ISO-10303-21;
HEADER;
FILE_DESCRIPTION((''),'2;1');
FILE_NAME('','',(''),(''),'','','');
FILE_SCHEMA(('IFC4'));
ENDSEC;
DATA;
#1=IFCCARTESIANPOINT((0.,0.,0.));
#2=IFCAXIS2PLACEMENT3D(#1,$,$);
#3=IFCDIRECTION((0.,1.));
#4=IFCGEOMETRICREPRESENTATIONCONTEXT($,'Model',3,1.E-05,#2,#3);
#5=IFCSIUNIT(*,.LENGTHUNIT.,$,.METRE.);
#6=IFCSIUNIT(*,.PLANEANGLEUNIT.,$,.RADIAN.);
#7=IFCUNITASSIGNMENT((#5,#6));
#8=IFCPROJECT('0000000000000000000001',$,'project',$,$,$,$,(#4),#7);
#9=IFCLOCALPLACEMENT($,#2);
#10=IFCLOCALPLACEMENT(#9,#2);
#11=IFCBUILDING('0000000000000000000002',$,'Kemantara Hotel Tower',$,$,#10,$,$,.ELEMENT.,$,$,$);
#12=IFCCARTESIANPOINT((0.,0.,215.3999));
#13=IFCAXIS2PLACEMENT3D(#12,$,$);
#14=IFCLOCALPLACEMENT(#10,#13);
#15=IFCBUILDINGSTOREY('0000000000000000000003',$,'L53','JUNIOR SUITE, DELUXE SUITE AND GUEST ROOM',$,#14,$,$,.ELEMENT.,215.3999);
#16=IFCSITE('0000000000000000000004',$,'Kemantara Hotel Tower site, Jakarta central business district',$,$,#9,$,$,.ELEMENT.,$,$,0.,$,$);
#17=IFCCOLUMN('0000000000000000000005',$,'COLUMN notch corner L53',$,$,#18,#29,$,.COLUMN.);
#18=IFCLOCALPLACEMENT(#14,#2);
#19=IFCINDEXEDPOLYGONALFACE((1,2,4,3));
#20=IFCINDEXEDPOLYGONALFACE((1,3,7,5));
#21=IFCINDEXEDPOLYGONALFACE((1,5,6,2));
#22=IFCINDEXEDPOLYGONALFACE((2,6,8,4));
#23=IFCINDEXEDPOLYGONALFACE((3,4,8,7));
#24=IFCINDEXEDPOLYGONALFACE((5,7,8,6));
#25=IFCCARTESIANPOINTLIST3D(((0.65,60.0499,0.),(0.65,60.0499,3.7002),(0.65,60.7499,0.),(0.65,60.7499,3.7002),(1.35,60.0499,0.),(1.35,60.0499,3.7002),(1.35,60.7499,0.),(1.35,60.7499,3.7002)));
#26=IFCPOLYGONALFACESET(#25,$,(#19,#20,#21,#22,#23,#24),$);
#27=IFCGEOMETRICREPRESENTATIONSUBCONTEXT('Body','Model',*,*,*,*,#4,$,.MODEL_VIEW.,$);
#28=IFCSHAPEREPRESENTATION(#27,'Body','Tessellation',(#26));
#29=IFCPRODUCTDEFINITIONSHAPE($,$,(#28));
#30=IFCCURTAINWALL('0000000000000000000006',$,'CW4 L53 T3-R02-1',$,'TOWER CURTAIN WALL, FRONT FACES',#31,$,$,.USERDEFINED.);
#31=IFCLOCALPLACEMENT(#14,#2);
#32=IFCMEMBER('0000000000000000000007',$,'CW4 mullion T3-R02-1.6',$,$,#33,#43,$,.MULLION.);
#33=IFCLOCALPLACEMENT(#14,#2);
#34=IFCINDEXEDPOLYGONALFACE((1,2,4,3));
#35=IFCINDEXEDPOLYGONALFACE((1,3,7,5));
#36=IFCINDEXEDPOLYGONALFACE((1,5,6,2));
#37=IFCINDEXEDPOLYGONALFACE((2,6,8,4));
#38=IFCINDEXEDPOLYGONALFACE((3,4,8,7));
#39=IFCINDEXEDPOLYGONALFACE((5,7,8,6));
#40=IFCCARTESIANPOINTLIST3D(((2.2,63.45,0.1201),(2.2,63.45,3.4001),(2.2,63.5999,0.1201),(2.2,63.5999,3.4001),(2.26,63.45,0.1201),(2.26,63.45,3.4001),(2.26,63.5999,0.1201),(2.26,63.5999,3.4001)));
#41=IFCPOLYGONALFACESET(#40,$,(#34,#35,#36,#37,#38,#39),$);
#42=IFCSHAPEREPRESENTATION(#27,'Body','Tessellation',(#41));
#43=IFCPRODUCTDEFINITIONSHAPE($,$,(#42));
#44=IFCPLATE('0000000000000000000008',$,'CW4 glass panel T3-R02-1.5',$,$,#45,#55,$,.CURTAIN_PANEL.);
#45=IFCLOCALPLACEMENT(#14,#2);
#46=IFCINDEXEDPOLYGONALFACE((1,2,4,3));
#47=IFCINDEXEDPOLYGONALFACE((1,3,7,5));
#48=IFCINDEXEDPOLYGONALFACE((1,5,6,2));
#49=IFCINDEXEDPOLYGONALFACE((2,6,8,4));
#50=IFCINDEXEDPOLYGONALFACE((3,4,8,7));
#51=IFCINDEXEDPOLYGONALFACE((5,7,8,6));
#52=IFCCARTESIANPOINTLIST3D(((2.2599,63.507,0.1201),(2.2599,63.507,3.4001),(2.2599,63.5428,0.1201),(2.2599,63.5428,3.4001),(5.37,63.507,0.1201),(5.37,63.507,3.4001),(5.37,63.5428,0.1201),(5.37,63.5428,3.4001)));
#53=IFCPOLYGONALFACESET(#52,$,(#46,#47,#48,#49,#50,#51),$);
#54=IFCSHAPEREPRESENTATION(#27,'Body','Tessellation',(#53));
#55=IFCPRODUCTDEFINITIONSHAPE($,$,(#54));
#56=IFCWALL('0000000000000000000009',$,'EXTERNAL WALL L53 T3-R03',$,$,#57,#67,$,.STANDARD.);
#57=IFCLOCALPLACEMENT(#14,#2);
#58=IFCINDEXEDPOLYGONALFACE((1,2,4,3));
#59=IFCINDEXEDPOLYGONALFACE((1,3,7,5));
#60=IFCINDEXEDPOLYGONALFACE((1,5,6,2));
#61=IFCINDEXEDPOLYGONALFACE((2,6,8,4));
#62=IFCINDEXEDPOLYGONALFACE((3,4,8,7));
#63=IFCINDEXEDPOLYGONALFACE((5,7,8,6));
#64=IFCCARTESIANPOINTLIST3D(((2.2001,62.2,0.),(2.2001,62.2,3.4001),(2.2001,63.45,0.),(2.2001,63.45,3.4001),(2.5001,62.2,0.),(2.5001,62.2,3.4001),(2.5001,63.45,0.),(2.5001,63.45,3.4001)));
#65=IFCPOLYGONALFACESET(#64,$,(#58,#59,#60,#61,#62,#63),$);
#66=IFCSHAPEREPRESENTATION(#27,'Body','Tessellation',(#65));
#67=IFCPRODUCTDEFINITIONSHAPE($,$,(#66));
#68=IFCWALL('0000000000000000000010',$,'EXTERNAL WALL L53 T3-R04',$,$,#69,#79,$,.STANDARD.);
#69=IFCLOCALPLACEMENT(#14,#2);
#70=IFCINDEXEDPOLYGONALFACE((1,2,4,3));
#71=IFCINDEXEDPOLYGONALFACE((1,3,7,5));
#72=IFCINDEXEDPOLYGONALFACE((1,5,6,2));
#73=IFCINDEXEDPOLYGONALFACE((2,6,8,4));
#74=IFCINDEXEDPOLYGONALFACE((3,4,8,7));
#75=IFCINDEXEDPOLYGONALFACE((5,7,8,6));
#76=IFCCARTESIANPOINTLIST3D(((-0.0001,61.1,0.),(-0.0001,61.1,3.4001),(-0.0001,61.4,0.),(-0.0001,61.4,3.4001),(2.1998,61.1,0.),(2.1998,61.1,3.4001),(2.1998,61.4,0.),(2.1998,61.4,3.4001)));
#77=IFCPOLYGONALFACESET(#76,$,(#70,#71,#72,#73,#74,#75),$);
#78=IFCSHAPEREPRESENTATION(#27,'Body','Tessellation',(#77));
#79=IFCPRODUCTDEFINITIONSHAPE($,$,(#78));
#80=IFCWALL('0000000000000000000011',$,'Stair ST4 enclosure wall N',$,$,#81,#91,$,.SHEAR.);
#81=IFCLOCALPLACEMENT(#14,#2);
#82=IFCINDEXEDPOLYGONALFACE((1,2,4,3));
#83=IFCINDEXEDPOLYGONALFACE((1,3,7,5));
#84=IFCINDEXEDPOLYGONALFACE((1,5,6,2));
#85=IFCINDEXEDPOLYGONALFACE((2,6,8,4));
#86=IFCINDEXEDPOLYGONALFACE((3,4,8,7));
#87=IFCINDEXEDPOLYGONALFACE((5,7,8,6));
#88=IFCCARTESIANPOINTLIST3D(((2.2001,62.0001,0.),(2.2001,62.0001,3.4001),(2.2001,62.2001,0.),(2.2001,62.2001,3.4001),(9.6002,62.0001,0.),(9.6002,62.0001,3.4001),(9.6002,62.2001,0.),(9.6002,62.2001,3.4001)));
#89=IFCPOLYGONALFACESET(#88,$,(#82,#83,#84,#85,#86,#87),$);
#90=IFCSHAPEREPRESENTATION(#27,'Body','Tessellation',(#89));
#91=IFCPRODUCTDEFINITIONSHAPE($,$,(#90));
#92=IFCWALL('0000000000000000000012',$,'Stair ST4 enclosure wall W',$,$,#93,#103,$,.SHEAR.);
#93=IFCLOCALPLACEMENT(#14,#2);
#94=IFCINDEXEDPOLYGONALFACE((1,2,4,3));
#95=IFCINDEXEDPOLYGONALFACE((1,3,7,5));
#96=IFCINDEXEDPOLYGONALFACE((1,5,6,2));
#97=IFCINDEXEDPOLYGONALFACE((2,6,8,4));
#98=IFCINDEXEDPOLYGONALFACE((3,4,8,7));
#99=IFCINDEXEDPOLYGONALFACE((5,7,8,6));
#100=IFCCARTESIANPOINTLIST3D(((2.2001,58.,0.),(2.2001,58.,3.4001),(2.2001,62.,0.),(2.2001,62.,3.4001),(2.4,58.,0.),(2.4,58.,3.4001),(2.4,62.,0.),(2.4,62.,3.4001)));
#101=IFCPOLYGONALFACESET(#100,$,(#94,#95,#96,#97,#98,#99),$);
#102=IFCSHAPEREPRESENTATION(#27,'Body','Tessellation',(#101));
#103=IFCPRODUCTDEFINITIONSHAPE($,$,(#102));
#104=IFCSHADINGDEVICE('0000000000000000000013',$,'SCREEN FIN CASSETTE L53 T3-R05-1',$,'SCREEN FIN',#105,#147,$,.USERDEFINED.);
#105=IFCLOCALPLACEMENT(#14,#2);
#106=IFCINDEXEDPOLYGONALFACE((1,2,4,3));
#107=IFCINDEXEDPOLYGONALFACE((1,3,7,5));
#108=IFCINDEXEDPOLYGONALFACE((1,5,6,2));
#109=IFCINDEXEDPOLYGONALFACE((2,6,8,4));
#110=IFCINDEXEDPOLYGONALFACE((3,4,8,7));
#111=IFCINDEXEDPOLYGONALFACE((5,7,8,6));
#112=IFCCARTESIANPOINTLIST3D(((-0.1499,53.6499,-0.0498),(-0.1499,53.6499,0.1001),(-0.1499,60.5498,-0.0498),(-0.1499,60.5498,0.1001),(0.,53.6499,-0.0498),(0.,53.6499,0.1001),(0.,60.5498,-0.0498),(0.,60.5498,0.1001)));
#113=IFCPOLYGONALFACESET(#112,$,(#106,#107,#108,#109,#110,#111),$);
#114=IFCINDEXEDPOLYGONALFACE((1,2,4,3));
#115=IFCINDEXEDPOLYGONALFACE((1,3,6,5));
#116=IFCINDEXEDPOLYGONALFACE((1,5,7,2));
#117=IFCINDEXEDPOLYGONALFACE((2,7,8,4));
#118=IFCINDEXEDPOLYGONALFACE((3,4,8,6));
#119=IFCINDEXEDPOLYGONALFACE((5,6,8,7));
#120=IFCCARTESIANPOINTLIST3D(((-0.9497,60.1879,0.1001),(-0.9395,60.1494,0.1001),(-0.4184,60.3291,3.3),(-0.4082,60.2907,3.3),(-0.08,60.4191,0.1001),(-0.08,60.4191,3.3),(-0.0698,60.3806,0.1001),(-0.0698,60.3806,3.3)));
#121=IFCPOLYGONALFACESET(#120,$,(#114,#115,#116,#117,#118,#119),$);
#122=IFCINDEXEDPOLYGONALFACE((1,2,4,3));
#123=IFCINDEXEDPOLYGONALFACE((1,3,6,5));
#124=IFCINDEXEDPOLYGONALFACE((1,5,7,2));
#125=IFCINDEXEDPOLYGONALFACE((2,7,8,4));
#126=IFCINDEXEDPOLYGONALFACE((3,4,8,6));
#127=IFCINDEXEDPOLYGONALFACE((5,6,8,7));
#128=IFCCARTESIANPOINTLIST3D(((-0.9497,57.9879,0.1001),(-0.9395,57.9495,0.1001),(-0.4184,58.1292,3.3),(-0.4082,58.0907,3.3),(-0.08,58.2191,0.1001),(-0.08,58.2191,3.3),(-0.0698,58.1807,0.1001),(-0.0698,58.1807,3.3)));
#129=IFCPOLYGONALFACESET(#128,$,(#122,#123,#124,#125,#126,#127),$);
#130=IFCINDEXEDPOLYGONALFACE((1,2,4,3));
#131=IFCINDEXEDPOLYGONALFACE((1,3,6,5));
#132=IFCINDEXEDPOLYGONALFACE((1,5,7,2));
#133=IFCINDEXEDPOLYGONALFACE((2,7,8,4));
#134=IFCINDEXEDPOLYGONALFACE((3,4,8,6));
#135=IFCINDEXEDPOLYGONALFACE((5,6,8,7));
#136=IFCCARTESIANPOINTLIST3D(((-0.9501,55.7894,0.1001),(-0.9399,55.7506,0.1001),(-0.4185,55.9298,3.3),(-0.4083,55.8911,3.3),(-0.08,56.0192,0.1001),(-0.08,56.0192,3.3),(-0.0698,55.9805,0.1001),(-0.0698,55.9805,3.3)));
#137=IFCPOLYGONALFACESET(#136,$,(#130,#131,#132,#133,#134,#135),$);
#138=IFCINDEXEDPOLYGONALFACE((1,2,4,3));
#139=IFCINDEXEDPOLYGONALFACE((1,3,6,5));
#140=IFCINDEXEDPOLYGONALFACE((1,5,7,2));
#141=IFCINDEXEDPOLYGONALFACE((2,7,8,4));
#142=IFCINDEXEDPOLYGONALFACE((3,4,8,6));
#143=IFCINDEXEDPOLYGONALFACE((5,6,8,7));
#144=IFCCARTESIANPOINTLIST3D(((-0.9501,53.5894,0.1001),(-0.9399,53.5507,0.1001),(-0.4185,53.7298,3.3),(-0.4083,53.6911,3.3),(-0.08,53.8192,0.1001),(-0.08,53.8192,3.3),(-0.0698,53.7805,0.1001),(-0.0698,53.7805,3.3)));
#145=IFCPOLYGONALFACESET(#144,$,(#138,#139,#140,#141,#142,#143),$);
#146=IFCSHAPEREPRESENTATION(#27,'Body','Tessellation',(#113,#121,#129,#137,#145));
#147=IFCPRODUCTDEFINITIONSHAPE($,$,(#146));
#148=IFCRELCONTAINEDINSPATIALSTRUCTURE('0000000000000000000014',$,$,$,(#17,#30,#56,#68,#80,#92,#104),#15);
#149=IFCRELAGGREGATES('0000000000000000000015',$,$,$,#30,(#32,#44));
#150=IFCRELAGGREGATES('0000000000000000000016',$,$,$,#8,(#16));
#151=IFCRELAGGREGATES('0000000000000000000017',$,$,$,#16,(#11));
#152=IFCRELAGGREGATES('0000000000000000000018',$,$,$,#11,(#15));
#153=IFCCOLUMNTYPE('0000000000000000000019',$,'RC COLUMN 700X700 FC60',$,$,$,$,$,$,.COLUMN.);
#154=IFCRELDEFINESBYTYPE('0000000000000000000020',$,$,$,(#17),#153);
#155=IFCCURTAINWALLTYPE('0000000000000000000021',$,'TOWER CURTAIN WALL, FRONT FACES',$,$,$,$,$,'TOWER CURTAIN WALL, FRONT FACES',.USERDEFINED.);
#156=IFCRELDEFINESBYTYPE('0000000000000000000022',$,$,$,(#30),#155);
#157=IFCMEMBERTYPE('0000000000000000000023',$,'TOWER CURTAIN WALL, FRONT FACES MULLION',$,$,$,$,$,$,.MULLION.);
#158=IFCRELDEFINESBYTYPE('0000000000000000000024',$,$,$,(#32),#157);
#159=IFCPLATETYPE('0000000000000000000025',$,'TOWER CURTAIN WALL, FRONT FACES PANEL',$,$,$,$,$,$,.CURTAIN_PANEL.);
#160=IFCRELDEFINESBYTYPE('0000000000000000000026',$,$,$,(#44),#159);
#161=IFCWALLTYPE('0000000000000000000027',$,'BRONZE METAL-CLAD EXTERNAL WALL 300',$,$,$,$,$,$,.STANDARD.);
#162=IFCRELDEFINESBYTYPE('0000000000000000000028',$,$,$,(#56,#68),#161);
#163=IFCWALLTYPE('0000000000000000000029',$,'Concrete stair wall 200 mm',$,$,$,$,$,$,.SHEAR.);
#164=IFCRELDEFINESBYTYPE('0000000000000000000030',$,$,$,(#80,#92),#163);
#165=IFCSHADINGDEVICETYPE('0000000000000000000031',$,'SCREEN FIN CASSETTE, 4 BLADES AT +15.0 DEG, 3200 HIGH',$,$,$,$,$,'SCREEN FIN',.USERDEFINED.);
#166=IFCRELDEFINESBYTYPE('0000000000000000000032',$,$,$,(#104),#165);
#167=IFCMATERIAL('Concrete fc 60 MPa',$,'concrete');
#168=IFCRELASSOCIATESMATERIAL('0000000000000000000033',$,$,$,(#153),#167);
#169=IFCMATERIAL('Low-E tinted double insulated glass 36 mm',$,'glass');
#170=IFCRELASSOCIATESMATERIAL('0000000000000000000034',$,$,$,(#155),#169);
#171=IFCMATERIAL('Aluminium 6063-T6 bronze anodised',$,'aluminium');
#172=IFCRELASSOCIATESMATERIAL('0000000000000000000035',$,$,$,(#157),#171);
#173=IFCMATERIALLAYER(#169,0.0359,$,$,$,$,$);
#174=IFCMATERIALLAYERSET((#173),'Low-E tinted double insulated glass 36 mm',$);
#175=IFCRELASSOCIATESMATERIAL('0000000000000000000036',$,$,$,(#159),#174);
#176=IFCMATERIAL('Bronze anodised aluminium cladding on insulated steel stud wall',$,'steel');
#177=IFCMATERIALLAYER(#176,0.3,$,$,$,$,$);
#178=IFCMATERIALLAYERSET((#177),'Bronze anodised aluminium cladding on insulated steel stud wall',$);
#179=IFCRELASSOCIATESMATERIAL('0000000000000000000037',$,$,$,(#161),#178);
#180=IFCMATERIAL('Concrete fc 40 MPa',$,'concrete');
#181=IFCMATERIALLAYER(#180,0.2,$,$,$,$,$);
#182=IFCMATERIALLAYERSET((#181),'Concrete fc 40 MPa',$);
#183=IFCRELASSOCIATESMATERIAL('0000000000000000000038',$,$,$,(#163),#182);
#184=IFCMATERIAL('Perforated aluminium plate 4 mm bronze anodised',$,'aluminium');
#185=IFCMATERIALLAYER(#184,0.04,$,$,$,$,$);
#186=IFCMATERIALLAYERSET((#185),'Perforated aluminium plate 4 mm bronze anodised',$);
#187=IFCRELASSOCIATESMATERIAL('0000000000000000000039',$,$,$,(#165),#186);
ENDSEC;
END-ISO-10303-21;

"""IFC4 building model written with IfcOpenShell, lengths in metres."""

from ifc_helpers import new_model, si_unit, direction, frame, frame_2d, origin, origin_2d, place, context, subcontext, project, spatial, polyline, rectangle, outline, extrude, source, transform, mapped, material, layer, layer_set, material_profile, profile_set, type_object, element, aggregate, save


model = new_model("IFC4")

# Units and contexts
model_context = context("Model", 3, precision=1e-05, world=origin(), true_north=direction((0.0, 1.0)))
body_context = subcontext(model_context, "Body", "Model", "MODEL_VIEW")
ifc_project = project(units=[si_unit("LENGTHUNIT", "METRE"), si_unit("PLANEANGLEUNIT", "RADIAN")], contexts=[model_context])

# Site, building, storey
site_placement = place(None, origin())
site = spatial("IfcSite", under=ifc_project, at=site_placement, Name="Kemantara Hotel Tower site, Jakarta central business district", CompositionType="ELEMENT", RefElevation=0.0)
building_placement = place(site_placement, origin())
building = spatial("IfcBuilding", under=site, at=building_placement, Name="Kemantara Hotel Tower", CompositionType="ELEMENT")
storey_placement = place(building_placement, frame((0.0, 0.0, 215.3999)))
storey = spatial("IfcBuildingStorey", under=building, at=storey_placement, Name="L53", Description="JUNIOR SUITE, DELUXE SUITE AND GUEST ROOM", CompositionType="ELEMENT", Elevation=215.3999)

# Column
ifc_material_1 = material(Name="Concrete fc 60 MPa", Category="concrete")
ifc_material_profile_1 = material_profile(ifc_material_1, rectangle(XDim=0.7, YDim=0.7, at=origin_2d()), Name="RC 700X700")
ifc_profile_set_1 = profile_set([ifc_material_profile_1], Name="Concrete fc 60 MPa")
column_type = type_object("IfcColumnType", Name="RC COLUMN 700X700 FC60", PredefinedType="COLUMN", material=ifc_profile_set_1)
column_placement = place(storey_placement, frame((1.0, 60.3999, 0.0), z_axis=(0.0, 0.0, 1.0), x_axis=(1.0, 0.0, 0.0)))
element("IfcColumn", 1, at=column_placement, inside=storey, type_object=column_type, Name="COLUMN notch corner L53", PredefinedType="COLUMN", context=body_context, shape_type="SweptSolid", body=[
    extrude(rectangle(XDim=0.7, YDim=0.7, at=origin_2d()), origin(), (0.0, 0.0, 1.0), 3.7002),
])

# Curtain wall, member, plate
ifc_material_2 = material(Name="Low-E tinted double insulated glass 36 mm", Category="glass")
curtain_wall_type = type_object("IfcCurtainWallType", Name="TOWER CURTAIN WALL, FRONT FACES", ElementType="TOWER CURTAIN WALL, FRONT FACES", PredefinedType="USERDEFINED", material=ifc_material_2)
curtain_wall_placement = place(storey_placement, origin())
curtain_wall = element("IfcCurtainWall", 2, at=curtain_wall_placement, inside=storey, type_object=curtain_wall_type, Name="CW4 L53 T3-R02-1", ObjectType="TOWER CURTAIN WALL, FRONT FACES", PredefinedType="USERDEFINED")
ifc_material_3 = material(Name="Aluminium 6063-T6 bronze anodised", Category="aluminium")
ifc_material_profile_2 = material_profile(ifc_material_3, rectangle(XDim=0.1499, YDim=0.0601, at=origin_2d()), Name="TOWER CURTAIN WALL, FRONT FACES MULLION")
ifc_profile_set_2 = profile_set([ifc_material_profile_2], Name="Aluminium 6063-T6 bronze anodised")
member_type = type_object("IfcMemberType", Name="TOWER CURTAIN WALL, FRONT FACES MULLION", PredefinedType="MULLION", material=ifc_profile_set_2)
shared_shape_1 = source(origin(), body_context, "Body", "SweptSolid", [
    extrude(rectangle(XDim=0.1499, YDim=0.0601, at=origin_2d()), origin(), (0.0, 0.0, 1.0), 3.28),
])
member_placement = place(storey_placement, frame((2.23, 63.5249, 0.1201), z_axis=(0.0, 0.0, 1.0), x_axis=(0.0, -1.0, 0.0)))
member = element("IfcMember", 3, at=member_placement, type_object=member_type, Name="CW4 mullion T3-R02-1.6", PredefinedType="MULLION", context=body_context, shape_type="MappedRepresentation", body=[
    mapped(shared_shape_1, transform((0.0, 0.0, 0.0))),
])
ifc_layer_1 = layer(ifc_material_2, 0.0359)
ifc_layer_set_1 = layer_set([ifc_layer_1], Name="Low-E tinted double insulated glass 36 mm")
plate_type = type_object("IfcPlateType", Name="TOWER CURTAIN WALL, FRONT FACES PANEL", PredefinedType="CURTAIN_PANEL", material=ifc_layer_set_1)
shared_shape_2 = source(origin(), body_context, "Body", "SweptSolid", [
    extrude(rectangle(XDim=3.1101, YDim=0.0359, at=origin_2d()), origin(), (0.0, 0.0, 1.0), 3.28),
])
plate_placement = place(storey_placement, frame((3.8149, 63.5249, 0.1201), z_axis=(0.0, 0.0, 1.0), x_axis=(-1.0, 0.0, 0.0)))
plate = element("IfcPlate", 4, at=plate_placement, type_object=plate_type, Name="CW4 glass panel T3-R02-1.5", PredefinedType="CURTAIN_PANEL", context=body_context, shape_type="MappedRepresentation", body=[
    mapped(shared_shape_2, transform((0.0, 0.0, 0.0))),
])
aggregate(curtain_wall, [member, plate])

# Walls
ifc_material_4 = material(Name="Bronze anodised aluminium cladding on insulated steel stud wall", Category="steel")
ifc_layer_2 = layer(ifc_material_4, 0.3)
ifc_layer_set_2 = layer_set([ifc_layer_2], Name="Bronze anodised aluminium cladding on insulated steel stud wall")
wall_type_1 = type_object("IfcWallType", Name="BRONZE METAL-CLAD EXTERNAL WALL 300", PredefinedType="STANDARD", material=ifc_layer_set_2)
wall_1_placement = place(storey_placement, frame((2.3501, 63.45, 0.0), z_axis=(0.0, 0.0, 1.0), x_axis=(0.0, -1.0, 0.0)))
element("IfcWall", 5, at=wall_1_placement, inside=storey, type_object=wall_type_1, Name="EXTERNAL WALL L53 T3-R03", PredefinedType="STANDARD", context=body_context, shape_type="SweptSolid", body=[
    extrude(rectangle(XDim=1.25, YDim=0.3, at=frame_2d((0.625, 0.0))), origin(), (0.0, 0.0, 1.0), 3.4001),
])
wall_2_placement = place(storey_placement, frame((2.2, 61.25, 0.0), z_axis=(0.0, 0.0, 1.0), x_axis=(-1.0, 0.0, 0.0)))
element("IfcWall", 6, at=wall_2_placement, inside=storey, type_object=wall_type_1, Name="EXTERNAL WALL L53 T3-R04", PredefinedType="STANDARD", context=body_context, shape_type="SweptSolid", body=[
    extrude(rectangle(XDim=2.2, YDim=0.3, at=frame_2d((1.1001, 0.0))), origin(), (0.0, 0.0, 1.0), 3.4001),
])

# Walls
ifc_material_5 = material(Name="Concrete fc 40 MPa", Category="concrete")
ifc_layer_3 = layer(ifc_material_5, 0.2)
ifc_layer_set_3 = layer_set([ifc_layer_3], Name="Concrete fc 40 MPa")
wall_type_2 = type_object("IfcWallType", Name="Concrete stair wall 200 mm", PredefinedType="SHEAR", material=ifc_layer_set_3)
wall_3_placement = place(storey_placement, frame((2.2, 62.1001, 0.0), z_axis=(0.0, 0.0, 1.0), x_axis=(1.0, 0.0, 0.0)))
element("IfcWall", 7, at=wall_3_placement, inside=storey, type_object=wall_type_2, Name="Stair ST4 enclosure wall N", PredefinedType="SHEAR", context=body_context, shape_type="SweptSolid", body=[
    extrude(rectangle(XDim=7.4001, YDim=0.2, at=frame_2d((3.7002, 0.0))), origin(), (0.0, 0.0, 1.0), 3.4001),
])
wall_4_placement = place(storey_placement, frame((2.3, 58.0, 0.0), z_axis=(0.0, 0.0, 1.0), x_axis=(0.0, 1.0, 0.0)))
element("IfcWall", 8, at=wall_4_placement, inside=storey, type_object=wall_type_2, Name="Stair ST4 enclosure wall W", PredefinedType="SHEAR", context=body_context, shape_type="SweptSolid", body=[
    extrude(rectangle(XDim=4.0, YDim=0.2, at=frame_2d((2.0, 0.0))), origin(), (0.0, 0.0, 1.0), 3.4001),
])

# Shading device
ifc_material_6 = material(Name="Perforated aluminium plate 4 mm bronze anodised", Category="aluminium")
ifc_layer_4 = layer(ifc_material_6, 0.04)
ifc_layer_set_4 = layer_set([ifc_layer_4], Name="Perforated aluminium plate 4 mm bronze anodised")
shading_device_type = type_object("IfcShadingDeviceType", Name="SCREEN FIN CASSETTE, 4 BLADES AT +15.0 DEG, 3200 HIGH", ElementType="SCREEN FIN", PredefinedType="USERDEFINED", material=ifc_layer_set_4)
shared_shape_3 = source(origin(), body_context, "Body", "SweptSolid", [
    extrude(rectangle(XDim=6.8999, YDim=0.1499, at=origin_2d()), frame((3.3, -0.075, -0.1499), z_axis=(0.0, 0.0, 1.0), x_axis=(1.0, 0.0, 0.0)), (0.0, 0.0, 1.0), 0.1499),
    extrude(outline(polyline([(0.0, 0.0), (0.8999, 0.0), (0.3501, 3.2), (0.0, 3.2), (0.0, 0.0)])), frame((0.0193, -0.0698, 0.0), z_axis=(-0.966438, -0.256901, 0.0), x_axis=(0.256901, -0.966438, 0.0)), (0.0, 0.0, 1.0), 0.0398),
    extrude(outline(polyline([(0.0, 0.0), (0.8999, 0.0), (0.3501, 3.2), (0.0, 3.2), (0.0, 0.0)])), frame((2.2192, -0.0698, 0.0), z_axis=(-0.966438, -0.256901, 0.0), x_axis=(0.256901, -0.966438, 0.0)), (0.0, 0.0, 1.0), 0.0398),
    extrude(outline(polyline([(0.0, 0.0), (0.8999, 0.0), (0.3501, 3.2), (0.0, 3.2), (0.0, 0.0)])), frame((4.4194, -0.0698, 0.0), z_axis=(-0.966838, -0.255391, 0.0), x_axis=(0.255391, -0.966838, 0.0)), (0.0, 0.0, 1.0), 0.04),
    extrude(outline(polyline([(0.0, 0.0), (0.8999, 0.0), (0.3501, 3.2), (0.0, 3.2), (0.0, 0.0)])), frame((6.6194, -0.0698, 0.0), z_axis=(-0.966838, -0.255391, 0.0), x_axis=(0.255391, -0.966838, 0.0)), (0.0, 0.0, 1.0), 0.04),
])
shading_device_placement = place(storey_placement, frame((0.0, 60.3999, 0.1001), z_axis=(0.0, 0.0, 1.0), x_axis=(0.0, -1.0, 0.0)))
element("IfcShadingDevice", 9, at=shading_device_placement, inside=storey, type_object=shading_device_type, Name="SCREEN FIN CASSETTE L53 T3-R05-1", ObjectType="SCREEN FIN", PredefinedType="USERDEFINED", context=body_context, shape_type="MappedRepresentation", body=[
    mapped(shared_shape_3, transform((0.0, 0.0, 0.0))),
])

save(model, "model.ifc")
